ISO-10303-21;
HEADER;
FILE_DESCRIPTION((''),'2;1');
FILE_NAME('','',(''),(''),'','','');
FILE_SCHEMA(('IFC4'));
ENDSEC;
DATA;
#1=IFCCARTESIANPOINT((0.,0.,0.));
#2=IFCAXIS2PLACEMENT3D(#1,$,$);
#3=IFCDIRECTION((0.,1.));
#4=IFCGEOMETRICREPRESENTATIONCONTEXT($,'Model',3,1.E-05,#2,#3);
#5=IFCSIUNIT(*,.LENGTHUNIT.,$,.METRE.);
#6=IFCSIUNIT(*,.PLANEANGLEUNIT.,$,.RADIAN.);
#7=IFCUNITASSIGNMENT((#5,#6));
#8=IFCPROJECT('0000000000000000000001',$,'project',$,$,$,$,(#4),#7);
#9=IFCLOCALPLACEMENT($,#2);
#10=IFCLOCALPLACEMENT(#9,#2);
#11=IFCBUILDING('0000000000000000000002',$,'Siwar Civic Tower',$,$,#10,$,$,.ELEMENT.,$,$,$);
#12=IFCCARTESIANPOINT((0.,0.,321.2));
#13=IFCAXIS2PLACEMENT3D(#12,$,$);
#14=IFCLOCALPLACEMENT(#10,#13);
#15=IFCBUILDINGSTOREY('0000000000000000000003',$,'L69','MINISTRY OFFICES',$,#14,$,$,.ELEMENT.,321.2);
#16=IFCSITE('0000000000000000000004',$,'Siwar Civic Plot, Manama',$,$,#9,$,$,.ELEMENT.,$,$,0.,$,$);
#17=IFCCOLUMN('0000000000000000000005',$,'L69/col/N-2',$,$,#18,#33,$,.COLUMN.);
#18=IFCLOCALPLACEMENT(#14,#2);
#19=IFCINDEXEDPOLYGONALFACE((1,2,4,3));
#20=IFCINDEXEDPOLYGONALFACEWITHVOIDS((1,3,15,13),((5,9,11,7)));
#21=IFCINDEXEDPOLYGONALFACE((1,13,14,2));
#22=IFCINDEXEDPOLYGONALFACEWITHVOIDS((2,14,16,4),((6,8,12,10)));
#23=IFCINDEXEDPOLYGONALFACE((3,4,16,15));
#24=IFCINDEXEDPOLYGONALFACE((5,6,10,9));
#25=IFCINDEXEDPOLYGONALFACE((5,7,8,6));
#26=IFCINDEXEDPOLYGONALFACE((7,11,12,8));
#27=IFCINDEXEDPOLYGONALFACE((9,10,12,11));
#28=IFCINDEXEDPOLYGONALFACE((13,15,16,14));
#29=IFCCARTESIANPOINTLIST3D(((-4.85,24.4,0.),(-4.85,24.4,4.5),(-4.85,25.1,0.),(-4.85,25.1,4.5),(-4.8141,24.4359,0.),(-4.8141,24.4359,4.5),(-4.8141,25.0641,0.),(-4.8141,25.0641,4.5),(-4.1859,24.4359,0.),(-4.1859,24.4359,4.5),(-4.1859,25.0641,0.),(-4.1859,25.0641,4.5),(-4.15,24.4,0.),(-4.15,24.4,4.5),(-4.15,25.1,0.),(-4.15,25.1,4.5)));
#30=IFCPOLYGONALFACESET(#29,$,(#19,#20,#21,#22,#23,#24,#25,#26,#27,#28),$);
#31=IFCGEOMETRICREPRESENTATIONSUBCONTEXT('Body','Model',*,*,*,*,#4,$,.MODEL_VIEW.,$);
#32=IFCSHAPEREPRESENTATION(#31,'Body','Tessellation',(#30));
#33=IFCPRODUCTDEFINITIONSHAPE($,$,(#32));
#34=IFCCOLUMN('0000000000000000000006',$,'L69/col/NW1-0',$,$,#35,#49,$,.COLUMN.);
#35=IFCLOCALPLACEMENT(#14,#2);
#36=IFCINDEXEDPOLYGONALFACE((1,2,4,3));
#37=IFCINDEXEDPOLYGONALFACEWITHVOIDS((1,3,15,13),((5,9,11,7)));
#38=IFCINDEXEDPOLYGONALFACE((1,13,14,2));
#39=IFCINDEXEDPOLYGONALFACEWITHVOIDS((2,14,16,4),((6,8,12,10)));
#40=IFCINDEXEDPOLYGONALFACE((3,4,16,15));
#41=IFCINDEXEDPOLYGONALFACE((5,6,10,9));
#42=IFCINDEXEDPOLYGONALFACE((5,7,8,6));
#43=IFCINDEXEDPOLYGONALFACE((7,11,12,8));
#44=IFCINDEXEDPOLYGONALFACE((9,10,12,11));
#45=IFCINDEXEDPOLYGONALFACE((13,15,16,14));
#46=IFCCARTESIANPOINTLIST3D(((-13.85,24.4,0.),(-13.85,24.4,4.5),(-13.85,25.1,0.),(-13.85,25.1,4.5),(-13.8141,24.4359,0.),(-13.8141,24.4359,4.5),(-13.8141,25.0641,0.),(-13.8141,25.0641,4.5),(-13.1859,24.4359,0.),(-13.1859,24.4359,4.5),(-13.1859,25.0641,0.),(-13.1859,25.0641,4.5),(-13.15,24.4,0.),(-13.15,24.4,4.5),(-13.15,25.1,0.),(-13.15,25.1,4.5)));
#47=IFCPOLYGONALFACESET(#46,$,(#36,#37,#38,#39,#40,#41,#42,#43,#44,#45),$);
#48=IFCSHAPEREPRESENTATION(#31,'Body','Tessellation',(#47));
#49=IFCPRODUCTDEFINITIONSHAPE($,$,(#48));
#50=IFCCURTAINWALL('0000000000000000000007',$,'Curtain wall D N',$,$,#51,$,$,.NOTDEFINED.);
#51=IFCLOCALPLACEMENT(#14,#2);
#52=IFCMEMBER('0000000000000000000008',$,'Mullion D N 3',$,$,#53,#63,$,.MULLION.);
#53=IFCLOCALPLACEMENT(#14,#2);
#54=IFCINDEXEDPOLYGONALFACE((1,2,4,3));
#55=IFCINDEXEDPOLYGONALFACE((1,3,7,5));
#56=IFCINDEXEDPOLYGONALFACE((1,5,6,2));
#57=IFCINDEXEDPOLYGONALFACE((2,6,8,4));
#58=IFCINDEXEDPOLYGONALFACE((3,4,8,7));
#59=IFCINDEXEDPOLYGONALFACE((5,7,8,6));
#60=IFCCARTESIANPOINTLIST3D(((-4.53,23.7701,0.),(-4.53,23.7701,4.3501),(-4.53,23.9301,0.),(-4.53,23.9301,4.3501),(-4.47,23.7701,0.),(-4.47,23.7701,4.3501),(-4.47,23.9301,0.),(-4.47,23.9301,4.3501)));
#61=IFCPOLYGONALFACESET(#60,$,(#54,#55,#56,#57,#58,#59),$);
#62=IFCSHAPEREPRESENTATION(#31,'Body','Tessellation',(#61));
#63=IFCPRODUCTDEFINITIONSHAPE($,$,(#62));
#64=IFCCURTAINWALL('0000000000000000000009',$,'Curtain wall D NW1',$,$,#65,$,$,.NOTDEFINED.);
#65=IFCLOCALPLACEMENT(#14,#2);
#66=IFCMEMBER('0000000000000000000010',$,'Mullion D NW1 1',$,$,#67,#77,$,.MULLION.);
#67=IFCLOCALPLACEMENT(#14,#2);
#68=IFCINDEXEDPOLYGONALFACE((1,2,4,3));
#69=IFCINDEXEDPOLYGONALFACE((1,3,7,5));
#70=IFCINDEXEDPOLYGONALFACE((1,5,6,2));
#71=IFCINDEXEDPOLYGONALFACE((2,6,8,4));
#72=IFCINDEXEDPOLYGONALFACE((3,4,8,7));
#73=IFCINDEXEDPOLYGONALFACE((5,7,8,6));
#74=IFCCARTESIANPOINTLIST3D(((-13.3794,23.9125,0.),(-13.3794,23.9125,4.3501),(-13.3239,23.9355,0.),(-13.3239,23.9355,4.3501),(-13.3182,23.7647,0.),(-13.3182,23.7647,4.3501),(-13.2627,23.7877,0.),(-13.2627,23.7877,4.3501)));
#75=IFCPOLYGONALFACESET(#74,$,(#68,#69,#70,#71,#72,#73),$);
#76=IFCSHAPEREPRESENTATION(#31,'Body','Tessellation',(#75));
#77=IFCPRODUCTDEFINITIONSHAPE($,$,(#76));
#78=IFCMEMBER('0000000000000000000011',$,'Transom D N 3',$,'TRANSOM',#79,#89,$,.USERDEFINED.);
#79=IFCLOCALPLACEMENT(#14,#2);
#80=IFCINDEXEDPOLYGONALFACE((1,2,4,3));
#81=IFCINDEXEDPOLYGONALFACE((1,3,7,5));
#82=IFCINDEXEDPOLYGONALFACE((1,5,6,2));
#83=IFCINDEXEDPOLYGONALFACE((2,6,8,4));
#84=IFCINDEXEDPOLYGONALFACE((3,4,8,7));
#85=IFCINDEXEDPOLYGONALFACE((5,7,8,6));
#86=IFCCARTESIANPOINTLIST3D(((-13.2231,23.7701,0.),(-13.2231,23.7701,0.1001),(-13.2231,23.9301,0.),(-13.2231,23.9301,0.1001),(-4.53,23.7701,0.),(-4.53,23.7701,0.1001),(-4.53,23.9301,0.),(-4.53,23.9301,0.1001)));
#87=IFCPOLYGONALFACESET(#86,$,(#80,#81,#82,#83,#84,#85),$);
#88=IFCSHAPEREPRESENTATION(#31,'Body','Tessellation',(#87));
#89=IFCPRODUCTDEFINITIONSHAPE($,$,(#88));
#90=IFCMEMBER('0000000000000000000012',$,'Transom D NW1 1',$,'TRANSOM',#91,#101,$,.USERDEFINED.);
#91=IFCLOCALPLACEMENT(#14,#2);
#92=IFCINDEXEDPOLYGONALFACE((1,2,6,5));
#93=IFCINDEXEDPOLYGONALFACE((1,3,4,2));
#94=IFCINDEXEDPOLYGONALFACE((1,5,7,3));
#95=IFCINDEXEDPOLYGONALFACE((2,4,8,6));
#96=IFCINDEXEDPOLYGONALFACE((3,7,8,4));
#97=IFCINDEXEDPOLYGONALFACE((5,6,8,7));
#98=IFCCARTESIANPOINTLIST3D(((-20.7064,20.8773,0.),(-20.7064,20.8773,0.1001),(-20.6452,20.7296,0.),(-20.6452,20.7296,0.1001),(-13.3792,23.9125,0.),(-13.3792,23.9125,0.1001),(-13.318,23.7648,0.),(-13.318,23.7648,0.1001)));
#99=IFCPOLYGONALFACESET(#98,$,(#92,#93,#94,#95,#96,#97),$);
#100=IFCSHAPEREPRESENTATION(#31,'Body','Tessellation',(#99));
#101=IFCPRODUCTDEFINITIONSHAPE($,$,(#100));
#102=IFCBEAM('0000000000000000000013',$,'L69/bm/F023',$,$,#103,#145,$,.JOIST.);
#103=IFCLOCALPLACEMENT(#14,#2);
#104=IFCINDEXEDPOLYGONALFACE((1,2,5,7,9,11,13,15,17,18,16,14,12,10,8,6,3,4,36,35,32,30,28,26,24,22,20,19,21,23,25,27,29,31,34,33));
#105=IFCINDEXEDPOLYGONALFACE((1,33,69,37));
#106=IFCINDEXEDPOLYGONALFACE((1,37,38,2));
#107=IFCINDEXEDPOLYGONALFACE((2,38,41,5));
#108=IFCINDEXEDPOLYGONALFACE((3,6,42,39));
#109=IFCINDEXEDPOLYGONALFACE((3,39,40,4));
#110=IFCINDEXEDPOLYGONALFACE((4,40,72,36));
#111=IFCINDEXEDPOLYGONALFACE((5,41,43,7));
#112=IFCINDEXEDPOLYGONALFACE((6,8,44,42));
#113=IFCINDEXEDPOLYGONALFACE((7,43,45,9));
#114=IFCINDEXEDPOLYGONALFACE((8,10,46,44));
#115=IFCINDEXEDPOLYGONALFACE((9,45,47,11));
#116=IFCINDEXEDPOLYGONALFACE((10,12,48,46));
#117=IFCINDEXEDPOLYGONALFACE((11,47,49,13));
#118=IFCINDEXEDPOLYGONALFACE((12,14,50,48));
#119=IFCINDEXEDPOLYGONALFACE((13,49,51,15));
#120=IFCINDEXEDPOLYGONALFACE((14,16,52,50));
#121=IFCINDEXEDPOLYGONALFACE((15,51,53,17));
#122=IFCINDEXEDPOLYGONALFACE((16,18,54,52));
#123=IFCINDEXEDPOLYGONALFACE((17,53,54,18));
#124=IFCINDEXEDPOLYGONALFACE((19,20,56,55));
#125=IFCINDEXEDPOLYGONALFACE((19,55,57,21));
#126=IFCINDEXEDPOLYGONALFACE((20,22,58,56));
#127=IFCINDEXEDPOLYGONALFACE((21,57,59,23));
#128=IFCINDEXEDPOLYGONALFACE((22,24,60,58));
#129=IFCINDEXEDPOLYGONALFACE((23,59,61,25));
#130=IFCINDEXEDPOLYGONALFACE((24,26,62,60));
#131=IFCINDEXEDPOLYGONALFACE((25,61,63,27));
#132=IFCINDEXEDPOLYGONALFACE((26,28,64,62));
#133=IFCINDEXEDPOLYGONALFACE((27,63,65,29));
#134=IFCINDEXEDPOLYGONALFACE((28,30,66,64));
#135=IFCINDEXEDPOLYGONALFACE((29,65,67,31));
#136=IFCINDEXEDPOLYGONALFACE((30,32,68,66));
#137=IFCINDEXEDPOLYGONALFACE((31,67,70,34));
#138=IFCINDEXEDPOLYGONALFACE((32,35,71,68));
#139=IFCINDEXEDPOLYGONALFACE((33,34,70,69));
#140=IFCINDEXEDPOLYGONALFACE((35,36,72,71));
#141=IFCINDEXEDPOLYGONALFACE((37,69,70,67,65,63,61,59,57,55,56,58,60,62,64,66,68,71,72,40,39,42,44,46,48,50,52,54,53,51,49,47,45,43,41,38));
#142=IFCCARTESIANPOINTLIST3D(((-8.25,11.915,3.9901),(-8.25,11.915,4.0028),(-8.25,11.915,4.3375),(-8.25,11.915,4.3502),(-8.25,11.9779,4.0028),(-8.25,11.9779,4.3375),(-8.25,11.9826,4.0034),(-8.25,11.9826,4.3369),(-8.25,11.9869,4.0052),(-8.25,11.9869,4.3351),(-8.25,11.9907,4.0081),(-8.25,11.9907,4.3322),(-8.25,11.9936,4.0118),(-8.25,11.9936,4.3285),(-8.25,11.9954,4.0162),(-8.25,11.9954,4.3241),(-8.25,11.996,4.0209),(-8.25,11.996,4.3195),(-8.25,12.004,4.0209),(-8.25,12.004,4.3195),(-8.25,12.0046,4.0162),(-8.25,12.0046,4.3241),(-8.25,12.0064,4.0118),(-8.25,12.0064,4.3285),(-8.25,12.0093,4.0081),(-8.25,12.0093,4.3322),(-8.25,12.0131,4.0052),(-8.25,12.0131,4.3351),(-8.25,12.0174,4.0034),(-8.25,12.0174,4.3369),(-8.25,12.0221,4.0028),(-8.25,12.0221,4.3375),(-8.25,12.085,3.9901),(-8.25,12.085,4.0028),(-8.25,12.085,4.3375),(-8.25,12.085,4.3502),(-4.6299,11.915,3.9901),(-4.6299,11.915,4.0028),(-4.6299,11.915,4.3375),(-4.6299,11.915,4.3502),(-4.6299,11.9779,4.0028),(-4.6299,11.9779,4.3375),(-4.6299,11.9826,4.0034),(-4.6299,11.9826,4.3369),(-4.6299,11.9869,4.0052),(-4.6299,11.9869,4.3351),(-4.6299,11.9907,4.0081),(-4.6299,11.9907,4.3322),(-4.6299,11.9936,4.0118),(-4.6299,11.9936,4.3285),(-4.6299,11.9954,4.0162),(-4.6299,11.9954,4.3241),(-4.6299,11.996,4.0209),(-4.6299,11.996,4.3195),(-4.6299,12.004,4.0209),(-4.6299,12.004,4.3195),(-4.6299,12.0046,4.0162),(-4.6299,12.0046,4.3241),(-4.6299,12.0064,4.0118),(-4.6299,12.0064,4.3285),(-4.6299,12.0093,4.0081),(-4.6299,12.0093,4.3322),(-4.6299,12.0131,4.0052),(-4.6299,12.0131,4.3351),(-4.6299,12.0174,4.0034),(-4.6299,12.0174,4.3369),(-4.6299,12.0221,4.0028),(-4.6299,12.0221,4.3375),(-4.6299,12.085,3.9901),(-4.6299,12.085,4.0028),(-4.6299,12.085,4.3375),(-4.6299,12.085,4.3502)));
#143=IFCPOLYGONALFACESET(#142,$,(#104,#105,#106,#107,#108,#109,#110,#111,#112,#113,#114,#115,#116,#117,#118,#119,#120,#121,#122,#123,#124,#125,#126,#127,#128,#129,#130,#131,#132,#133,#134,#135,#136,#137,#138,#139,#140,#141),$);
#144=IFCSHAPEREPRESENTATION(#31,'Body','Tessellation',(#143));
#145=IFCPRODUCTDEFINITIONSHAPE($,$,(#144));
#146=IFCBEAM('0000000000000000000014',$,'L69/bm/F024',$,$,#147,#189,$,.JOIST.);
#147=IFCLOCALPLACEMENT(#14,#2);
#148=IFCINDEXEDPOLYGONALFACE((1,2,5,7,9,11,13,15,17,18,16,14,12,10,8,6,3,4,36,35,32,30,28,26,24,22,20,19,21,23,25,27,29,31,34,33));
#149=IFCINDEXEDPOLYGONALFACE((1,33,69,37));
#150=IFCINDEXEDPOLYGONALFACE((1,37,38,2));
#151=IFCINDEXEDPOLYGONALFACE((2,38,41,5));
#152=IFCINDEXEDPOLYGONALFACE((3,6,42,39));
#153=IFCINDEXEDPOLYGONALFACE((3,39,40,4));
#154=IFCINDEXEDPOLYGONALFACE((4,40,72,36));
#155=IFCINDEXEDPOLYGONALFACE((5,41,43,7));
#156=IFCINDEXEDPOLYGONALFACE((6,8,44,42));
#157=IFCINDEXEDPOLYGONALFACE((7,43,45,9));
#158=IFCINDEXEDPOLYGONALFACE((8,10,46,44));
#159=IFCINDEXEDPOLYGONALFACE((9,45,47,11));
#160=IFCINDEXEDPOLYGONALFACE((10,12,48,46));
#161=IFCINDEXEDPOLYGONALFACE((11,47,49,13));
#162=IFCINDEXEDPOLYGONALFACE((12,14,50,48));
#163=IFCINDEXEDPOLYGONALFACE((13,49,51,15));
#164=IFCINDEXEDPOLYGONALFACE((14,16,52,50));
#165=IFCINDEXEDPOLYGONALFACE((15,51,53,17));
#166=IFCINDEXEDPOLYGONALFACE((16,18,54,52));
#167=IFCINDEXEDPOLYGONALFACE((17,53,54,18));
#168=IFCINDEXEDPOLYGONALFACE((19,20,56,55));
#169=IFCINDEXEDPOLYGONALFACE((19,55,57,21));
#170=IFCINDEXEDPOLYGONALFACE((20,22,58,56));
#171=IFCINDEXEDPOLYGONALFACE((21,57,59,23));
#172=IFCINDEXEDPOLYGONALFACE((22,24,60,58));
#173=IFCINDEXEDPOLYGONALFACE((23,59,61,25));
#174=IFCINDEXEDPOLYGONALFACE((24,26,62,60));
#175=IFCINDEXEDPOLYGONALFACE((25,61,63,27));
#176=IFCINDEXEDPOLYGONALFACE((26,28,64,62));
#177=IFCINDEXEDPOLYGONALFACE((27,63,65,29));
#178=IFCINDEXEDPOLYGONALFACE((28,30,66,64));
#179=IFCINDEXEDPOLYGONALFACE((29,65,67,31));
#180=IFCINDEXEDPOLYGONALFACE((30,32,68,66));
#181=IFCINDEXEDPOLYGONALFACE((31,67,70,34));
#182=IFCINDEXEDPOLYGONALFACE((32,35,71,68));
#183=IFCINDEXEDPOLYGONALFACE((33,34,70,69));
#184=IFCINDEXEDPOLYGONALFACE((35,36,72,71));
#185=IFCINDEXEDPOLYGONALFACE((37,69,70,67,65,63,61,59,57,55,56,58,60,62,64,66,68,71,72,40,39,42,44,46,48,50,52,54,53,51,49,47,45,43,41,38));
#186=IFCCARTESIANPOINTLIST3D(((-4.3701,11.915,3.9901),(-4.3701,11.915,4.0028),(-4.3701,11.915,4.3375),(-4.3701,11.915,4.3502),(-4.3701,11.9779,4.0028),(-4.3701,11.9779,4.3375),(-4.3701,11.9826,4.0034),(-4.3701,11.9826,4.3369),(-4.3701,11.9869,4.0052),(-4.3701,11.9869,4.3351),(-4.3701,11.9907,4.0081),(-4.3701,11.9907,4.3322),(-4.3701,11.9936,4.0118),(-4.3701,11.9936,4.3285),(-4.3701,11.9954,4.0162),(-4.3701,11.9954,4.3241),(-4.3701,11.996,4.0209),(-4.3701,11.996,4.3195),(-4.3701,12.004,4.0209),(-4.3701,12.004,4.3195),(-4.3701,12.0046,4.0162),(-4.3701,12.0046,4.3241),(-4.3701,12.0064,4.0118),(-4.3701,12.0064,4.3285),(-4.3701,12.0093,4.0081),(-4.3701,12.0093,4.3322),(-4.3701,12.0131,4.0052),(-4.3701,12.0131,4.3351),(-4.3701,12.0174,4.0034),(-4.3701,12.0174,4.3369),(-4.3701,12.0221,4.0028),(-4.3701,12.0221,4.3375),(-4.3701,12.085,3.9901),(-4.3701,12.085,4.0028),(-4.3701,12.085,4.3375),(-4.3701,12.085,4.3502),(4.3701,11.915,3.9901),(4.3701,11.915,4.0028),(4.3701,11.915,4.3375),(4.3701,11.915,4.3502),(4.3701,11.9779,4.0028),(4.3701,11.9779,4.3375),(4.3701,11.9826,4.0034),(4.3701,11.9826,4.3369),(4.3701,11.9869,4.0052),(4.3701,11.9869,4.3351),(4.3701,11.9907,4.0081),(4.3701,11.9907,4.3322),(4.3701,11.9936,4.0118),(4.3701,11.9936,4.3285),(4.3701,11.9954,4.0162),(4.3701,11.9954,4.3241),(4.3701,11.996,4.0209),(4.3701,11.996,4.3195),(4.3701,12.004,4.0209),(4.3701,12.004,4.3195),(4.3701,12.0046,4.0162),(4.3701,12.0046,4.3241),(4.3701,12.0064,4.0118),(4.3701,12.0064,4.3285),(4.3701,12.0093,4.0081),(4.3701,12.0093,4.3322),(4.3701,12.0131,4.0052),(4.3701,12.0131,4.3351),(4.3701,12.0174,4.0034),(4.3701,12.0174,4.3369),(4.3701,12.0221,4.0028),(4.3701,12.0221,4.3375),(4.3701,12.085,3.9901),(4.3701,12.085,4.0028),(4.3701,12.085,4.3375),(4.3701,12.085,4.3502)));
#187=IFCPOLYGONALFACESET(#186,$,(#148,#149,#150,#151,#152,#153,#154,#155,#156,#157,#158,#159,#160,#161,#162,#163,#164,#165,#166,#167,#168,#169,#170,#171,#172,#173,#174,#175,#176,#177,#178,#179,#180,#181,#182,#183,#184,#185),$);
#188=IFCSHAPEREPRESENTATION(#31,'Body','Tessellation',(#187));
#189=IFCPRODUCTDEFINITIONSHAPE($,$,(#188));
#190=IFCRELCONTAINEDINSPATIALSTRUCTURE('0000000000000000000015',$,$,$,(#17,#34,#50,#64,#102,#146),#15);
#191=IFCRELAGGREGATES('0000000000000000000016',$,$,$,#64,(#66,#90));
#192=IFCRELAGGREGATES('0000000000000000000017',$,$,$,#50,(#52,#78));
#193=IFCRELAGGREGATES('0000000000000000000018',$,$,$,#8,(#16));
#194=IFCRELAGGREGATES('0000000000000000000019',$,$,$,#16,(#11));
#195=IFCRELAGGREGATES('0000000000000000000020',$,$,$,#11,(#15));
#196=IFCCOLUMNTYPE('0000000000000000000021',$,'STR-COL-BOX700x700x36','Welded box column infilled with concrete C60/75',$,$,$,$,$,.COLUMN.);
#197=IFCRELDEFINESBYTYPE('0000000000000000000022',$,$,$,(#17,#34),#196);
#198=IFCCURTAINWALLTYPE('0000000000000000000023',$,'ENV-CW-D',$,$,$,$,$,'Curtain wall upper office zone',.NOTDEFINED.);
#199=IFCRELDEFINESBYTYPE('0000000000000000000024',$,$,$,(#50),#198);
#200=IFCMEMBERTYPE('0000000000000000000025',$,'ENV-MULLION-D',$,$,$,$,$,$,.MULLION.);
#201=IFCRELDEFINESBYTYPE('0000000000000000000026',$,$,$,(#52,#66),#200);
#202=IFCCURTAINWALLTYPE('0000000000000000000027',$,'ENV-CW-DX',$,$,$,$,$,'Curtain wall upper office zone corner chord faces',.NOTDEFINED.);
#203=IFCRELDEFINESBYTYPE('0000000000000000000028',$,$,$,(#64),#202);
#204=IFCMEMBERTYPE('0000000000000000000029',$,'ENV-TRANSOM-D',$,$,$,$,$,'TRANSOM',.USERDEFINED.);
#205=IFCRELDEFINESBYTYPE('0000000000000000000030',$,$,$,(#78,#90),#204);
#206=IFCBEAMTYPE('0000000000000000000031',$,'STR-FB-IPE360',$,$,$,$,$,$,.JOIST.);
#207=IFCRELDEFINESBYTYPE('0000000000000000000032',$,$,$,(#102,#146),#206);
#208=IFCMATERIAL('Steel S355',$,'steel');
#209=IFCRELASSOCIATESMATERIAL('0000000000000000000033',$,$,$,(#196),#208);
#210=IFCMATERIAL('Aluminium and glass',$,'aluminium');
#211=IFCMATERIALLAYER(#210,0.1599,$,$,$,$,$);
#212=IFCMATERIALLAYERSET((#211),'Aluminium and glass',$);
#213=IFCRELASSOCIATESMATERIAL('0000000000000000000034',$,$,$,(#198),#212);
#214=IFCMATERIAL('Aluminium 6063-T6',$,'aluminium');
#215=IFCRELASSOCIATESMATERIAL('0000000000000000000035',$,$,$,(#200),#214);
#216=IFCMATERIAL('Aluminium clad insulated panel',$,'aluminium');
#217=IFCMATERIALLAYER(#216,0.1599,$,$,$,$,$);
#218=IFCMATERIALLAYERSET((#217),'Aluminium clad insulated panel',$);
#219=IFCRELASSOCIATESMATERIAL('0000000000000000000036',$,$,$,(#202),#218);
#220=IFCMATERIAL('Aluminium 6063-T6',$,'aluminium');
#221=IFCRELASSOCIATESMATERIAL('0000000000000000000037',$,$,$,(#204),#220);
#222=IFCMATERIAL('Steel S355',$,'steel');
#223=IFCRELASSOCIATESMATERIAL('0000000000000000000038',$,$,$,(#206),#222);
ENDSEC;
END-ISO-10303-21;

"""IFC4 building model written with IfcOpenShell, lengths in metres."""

from ifc_helpers import new_model, si_unit, direction, frame, origin, origin_2d, place, context, subcontext, project, spatial, rectangle, hollow_rectangle, i_section, extrude, material, layer, layer_set, material_profile, profile_set, type_object, element, aggregate, save


model = new_model("IFC4")

# Units and contexts
model_context = context("Model", 3, precision=1e-05, world=origin(), true_north=direction((0.0, 1.0)))
body_context = subcontext(model_context, "Body", "Model", "MODEL_VIEW")
ifc_project = project(units=[si_unit("LENGTHUNIT", "METRE"), si_unit("PLANEANGLEUNIT", "RADIAN")], contexts=[model_context])

# Site, building, storey
site_placement = place(None, origin())
site = spatial("IfcSite", under=ifc_project, at=site_placement, Name="Siwar Civic Plot, Manama", CompositionType="ELEMENT", RefElevation=0.0)
building_placement = place(site_placement, origin())
building = spatial("IfcBuilding", under=site, at=building_placement, Name="Siwar Civic Tower", CompositionType="ELEMENT")
storey_placement = place(building_placement, frame((0.0, 0.0, 321.2)))
storey = spatial("IfcBuildingStorey", under=building, at=storey_placement, Name="L69", Description="MINISTRY OFFICES", CompositionType="ELEMENT", Elevation=321.2)

# Columns
ifc_material_1 = material(Name="Steel S355", Category="steel")
ifc_material_profile_1 = material_profile(ifc_material_1, hollow_rectangle(XDim=0.7, YDim=0.7, WallThickness=0.0359, at=origin_2d()), Name="BOX700x700x36")
ifc_profile_set_1 = profile_set([ifc_material_profile_1], Name="Steel S355")
column_type = type_object("IfcColumnType", Name="STR-COL-BOX700x700x36", Description="Welded box column infilled with concrete C60/75", PredefinedType="COLUMN", material=ifc_profile_set_1)
for number, where, z_axis, x_axis, name in (
    (1, (-4.5, 24.75, 0.0), (0.0, 0.0, 1.0), (1.0, 0.0, 0.0), "L69/col/N-2"),
    (2, (-13.5, 24.75, 0.0), (0.0, 0.0, 1.0), (1.0, 0.0, 0.0), "L69/col/NW1-0"),
):
    element("IfcColumn", number, at=place(storey_placement, frame(where, z_axis=z_axis, x_axis=x_axis)), inside=storey, type_object=column_type, Name=name, PredefinedType="COLUMN", context=body_context, shape_type="SweptSolid", body=[
        extrude(hollow_rectangle(XDim=0.7, YDim=0.7, WallThickness=0.0359, at=origin_2d()), origin(), (0.0, 0.0, 1.0), 4.5),
    ])

# Curtain walls, members
ifc_material_2 = material(Name="Aluminium and glass", Category="aluminium")
ifc_layer_1 = layer(ifc_material_2, 0.1599)
ifc_layer_set_1 = layer_set([ifc_layer_1], Name="Aluminium and glass")
curtain_wall_type_1 = type_object("IfcCurtainWallType", Name="ENV-CW-D", ElementType="Curtain wall upper office zone", PredefinedType="NOTDEFINED", material=ifc_layer_set_1)
curtain_wall_1_placement = place(storey_placement, origin())
curtain_wall_1 = element("IfcCurtainWall", 3, at=curtain_wall_1_placement, inside=storey, type_object=curtain_wall_type_1, Name="Curtain wall D N", PredefinedType="NOTDEFINED")
ifc_material_3 = material(Name="Aluminium 6063-T6", Category="aluminium")
ifc_material_profile_2 = material_profile(ifc_material_3, rectangle(XDim=0.1599, YDim=0.0601, at=origin_2d()), Name="AL 160x60")
ifc_profile_set_2 = profile_set([ifc_material_profile_2], Name="Aluminium 6063-T6")
member_type_1 = type_object("IfcMemberType", Name="ENV-MULLION-D", PredefinedType="MULLION", material=ifc_profile_set_2)
member_1_placement = place(storey_placement, frame((-4.5, 23.8501, 0.0), z_axis=(0.0, 0.0, 1.0), x_axis=(0.0, -1.0, 0.0)))
member_1 = element("IfcMember", 4, at=member_1_placement, type_object=member_type_1, Name="Mullion D N 3", PredefinedType="MULLION", context=body_context, shape_type="SweptSolid", body=[
    extrude(rectangle(XDim=0.1599, YDim=0.0601, at=origin_2d()), origin(), (0.0, 0.0, 1.0), 4.3501),
])
ifc_material_4 = material(Name="Aluminium clad insulated panel", Category="aluminium")
ifc_layer_2 = layer(ifc_material_4, 0.1599)
ifc_layer_set_2 = layer_set([ifc_layer_2], Name="Aluminium clad insulated panel")
curtain_wall_type_2 = type_object("IfcCurtainWallType", Name="ENV-CW-DX", ElementType="Curtain wall upper office zone corner chord faces", PredefinedType="NOTDEFINED", material=ifc_layer_set_2)
curtain_wall_2_placement = place(storey_placement, origin())
curtain_wall_2 = element("IfcCurtainWall", 5, at=curtain_wall_2_placement, inside=storey, type_object=curtain_wall_type_2, Name="Curtain wall D NW1", PredefinedType="NOTDEFINED")
member_2_placement = place(storey_placement, frame((-13.321, 23.8501, 0.0), z_axis=(0.0, 0.0, 1.0), x_axis=(0.382683, -0.92388, 0.0)))
member_2 = element("IfcMember", 6, at=member_2_placement, type_object=member_type_1, Name="Mullion D NW1 1", PredefinedType="MULLION", context=body_context, shape_type="SweptSolid", body=[
    extrude(rectangle(XDim=0.1599, YDim=0.0601, at=origin_2d()), origin(), (0.0, 0.0, 1.0), 4.3501),
])

# Members
ifc_material_5 = material(Name="Aluminium 6063-T6", Category="aluminium")
ifc_material_profile_3 = material_profile(ifc_material_5, rectangle(XDim=0.1599, YDim=0.1001, at=origin_2d()), Name="AL 160x100")
ifc_profile_set_3 = profile_set([ifc_material_profile_3], Name="Aluminium 6063-T6")
member_type_2 = type_object("IfcMemberType", Name="ENV-TRANSOM-D", ElementType="TRANSOM", PredefinedType="USERDEFINED", material=ifc_profile_set_3)
member_3_placement = place(storey_placement, frame((-4.53, 23.8501, 0.05), z_axis=(-1.0, 0.0, 0.0), x_axis=(0.0, -1.0, 0.0)))
member_3 = element("IfcMember", 7, at=member_3_placement, type_object=member_type_2, Name="Transom D N 3", ObjectType="TRANSOM", PredefinedType="USERDEFINED", context=body_context, shape_type="SweptSolid", body=[
    extrude(rectangle(XDim=0.1599, YDim=0.1001, at=origin_2d()), origin(), (0.0, 0.0, 1.0), 8.6931),
])
member_4_placement = place(storey_placement, frame((-13.3486, 23.8386, 0.05), z_axis=(-0.923873, -0.3827, 0.0), x_axis=(0.3827, -0.923873, 0.0)))
member_4 = element("IfcMember", 8, at=member_4_placement, type_object=member_type_2, Name="Transom D NW1 1", ObjectType="TRANSOM", PredefinedType="USERDEFINED", context=body_context, shape_type="SweptSolid", body=[
    extrude(rectangle(XDim=0.1599, YDim=0.1001, at=origin_2d()), origin(), (0.0, 0.0, 1.0), 7.9309),
])
aggregate(curtain_wall_2, [member_2, member_4])

# Beams
ifc_material_6 = material(Name="Steel S355", Category="steel")
ifc_material_profile_4 = material_profile(ifc_material_6, i_section(OverallWidth=0.1699, OverallDepth=0.3601, WebThickness=0.0081, FlangeThickness=0.0127, FilletRadius=0.0181, at=origin_2d()), Name="IPE360")
ifc_profile_set_4 = profile_set([ifc_material_profile_4], Name="Steel S355")
beam_type_1 = type_object("IfcBeamType", Name="STR-FB-IPE360", PredefinedType="JOIST", material=ifc_profile_set_4)
beam_1_placement = place(storey_placement, frame((-8.25, 12.0, 4.1702), z_axis=(1.0, 0.0, 0.0), x_axis=(0.0, 1.0, 0.0)))
element("IfcBeam", 9, at=beam_1_placement, inside=storey, type_object=beam_type_1, Name="L69/bm/F023", PredefinedType="JOIST", context=body_context, shape_type="SweptSolid", body=[
    extrude(i_section(OverallWidth=0.1699, OverallDepth=0.3601, WebThickness=0.0081, FlangeThickness=0.0127, FilletRadius=0.0181, at=origin_2d()), origin(), (0.0, 0.0, 1.0), 3.6201),
])
for number, where, z_axis, x_axis, name in (
    (10, (-4.3701, 12.0, 4.1702), (1.0, 0.0, 0.0), (0.0, 1.0, 0.0), "L69/bm/F024"),
):
    element("IfcBeam", number, at=place(storey_placement, frame(where, z_axis=z_axis, x_axis=x_axis)), inside=storey, type_object=beam_type_1, Name=name, PredefinedType="JOIST", context=body_context, shape_type="SweptSolid", body=[
        extrude(i_section(OverallWidth=0.1699, OverallDepth=0.3601, WebThickness=0.0081, FlangeThickness=0.0127, FilletRadius=0.0181, at=origin_2d()), origin(), (0.0, 0.0, 1.0), 8.7402),
    ])

aggregate(curtain_wall_1, [member_1, member_3])

save(model, "model.ifc")
